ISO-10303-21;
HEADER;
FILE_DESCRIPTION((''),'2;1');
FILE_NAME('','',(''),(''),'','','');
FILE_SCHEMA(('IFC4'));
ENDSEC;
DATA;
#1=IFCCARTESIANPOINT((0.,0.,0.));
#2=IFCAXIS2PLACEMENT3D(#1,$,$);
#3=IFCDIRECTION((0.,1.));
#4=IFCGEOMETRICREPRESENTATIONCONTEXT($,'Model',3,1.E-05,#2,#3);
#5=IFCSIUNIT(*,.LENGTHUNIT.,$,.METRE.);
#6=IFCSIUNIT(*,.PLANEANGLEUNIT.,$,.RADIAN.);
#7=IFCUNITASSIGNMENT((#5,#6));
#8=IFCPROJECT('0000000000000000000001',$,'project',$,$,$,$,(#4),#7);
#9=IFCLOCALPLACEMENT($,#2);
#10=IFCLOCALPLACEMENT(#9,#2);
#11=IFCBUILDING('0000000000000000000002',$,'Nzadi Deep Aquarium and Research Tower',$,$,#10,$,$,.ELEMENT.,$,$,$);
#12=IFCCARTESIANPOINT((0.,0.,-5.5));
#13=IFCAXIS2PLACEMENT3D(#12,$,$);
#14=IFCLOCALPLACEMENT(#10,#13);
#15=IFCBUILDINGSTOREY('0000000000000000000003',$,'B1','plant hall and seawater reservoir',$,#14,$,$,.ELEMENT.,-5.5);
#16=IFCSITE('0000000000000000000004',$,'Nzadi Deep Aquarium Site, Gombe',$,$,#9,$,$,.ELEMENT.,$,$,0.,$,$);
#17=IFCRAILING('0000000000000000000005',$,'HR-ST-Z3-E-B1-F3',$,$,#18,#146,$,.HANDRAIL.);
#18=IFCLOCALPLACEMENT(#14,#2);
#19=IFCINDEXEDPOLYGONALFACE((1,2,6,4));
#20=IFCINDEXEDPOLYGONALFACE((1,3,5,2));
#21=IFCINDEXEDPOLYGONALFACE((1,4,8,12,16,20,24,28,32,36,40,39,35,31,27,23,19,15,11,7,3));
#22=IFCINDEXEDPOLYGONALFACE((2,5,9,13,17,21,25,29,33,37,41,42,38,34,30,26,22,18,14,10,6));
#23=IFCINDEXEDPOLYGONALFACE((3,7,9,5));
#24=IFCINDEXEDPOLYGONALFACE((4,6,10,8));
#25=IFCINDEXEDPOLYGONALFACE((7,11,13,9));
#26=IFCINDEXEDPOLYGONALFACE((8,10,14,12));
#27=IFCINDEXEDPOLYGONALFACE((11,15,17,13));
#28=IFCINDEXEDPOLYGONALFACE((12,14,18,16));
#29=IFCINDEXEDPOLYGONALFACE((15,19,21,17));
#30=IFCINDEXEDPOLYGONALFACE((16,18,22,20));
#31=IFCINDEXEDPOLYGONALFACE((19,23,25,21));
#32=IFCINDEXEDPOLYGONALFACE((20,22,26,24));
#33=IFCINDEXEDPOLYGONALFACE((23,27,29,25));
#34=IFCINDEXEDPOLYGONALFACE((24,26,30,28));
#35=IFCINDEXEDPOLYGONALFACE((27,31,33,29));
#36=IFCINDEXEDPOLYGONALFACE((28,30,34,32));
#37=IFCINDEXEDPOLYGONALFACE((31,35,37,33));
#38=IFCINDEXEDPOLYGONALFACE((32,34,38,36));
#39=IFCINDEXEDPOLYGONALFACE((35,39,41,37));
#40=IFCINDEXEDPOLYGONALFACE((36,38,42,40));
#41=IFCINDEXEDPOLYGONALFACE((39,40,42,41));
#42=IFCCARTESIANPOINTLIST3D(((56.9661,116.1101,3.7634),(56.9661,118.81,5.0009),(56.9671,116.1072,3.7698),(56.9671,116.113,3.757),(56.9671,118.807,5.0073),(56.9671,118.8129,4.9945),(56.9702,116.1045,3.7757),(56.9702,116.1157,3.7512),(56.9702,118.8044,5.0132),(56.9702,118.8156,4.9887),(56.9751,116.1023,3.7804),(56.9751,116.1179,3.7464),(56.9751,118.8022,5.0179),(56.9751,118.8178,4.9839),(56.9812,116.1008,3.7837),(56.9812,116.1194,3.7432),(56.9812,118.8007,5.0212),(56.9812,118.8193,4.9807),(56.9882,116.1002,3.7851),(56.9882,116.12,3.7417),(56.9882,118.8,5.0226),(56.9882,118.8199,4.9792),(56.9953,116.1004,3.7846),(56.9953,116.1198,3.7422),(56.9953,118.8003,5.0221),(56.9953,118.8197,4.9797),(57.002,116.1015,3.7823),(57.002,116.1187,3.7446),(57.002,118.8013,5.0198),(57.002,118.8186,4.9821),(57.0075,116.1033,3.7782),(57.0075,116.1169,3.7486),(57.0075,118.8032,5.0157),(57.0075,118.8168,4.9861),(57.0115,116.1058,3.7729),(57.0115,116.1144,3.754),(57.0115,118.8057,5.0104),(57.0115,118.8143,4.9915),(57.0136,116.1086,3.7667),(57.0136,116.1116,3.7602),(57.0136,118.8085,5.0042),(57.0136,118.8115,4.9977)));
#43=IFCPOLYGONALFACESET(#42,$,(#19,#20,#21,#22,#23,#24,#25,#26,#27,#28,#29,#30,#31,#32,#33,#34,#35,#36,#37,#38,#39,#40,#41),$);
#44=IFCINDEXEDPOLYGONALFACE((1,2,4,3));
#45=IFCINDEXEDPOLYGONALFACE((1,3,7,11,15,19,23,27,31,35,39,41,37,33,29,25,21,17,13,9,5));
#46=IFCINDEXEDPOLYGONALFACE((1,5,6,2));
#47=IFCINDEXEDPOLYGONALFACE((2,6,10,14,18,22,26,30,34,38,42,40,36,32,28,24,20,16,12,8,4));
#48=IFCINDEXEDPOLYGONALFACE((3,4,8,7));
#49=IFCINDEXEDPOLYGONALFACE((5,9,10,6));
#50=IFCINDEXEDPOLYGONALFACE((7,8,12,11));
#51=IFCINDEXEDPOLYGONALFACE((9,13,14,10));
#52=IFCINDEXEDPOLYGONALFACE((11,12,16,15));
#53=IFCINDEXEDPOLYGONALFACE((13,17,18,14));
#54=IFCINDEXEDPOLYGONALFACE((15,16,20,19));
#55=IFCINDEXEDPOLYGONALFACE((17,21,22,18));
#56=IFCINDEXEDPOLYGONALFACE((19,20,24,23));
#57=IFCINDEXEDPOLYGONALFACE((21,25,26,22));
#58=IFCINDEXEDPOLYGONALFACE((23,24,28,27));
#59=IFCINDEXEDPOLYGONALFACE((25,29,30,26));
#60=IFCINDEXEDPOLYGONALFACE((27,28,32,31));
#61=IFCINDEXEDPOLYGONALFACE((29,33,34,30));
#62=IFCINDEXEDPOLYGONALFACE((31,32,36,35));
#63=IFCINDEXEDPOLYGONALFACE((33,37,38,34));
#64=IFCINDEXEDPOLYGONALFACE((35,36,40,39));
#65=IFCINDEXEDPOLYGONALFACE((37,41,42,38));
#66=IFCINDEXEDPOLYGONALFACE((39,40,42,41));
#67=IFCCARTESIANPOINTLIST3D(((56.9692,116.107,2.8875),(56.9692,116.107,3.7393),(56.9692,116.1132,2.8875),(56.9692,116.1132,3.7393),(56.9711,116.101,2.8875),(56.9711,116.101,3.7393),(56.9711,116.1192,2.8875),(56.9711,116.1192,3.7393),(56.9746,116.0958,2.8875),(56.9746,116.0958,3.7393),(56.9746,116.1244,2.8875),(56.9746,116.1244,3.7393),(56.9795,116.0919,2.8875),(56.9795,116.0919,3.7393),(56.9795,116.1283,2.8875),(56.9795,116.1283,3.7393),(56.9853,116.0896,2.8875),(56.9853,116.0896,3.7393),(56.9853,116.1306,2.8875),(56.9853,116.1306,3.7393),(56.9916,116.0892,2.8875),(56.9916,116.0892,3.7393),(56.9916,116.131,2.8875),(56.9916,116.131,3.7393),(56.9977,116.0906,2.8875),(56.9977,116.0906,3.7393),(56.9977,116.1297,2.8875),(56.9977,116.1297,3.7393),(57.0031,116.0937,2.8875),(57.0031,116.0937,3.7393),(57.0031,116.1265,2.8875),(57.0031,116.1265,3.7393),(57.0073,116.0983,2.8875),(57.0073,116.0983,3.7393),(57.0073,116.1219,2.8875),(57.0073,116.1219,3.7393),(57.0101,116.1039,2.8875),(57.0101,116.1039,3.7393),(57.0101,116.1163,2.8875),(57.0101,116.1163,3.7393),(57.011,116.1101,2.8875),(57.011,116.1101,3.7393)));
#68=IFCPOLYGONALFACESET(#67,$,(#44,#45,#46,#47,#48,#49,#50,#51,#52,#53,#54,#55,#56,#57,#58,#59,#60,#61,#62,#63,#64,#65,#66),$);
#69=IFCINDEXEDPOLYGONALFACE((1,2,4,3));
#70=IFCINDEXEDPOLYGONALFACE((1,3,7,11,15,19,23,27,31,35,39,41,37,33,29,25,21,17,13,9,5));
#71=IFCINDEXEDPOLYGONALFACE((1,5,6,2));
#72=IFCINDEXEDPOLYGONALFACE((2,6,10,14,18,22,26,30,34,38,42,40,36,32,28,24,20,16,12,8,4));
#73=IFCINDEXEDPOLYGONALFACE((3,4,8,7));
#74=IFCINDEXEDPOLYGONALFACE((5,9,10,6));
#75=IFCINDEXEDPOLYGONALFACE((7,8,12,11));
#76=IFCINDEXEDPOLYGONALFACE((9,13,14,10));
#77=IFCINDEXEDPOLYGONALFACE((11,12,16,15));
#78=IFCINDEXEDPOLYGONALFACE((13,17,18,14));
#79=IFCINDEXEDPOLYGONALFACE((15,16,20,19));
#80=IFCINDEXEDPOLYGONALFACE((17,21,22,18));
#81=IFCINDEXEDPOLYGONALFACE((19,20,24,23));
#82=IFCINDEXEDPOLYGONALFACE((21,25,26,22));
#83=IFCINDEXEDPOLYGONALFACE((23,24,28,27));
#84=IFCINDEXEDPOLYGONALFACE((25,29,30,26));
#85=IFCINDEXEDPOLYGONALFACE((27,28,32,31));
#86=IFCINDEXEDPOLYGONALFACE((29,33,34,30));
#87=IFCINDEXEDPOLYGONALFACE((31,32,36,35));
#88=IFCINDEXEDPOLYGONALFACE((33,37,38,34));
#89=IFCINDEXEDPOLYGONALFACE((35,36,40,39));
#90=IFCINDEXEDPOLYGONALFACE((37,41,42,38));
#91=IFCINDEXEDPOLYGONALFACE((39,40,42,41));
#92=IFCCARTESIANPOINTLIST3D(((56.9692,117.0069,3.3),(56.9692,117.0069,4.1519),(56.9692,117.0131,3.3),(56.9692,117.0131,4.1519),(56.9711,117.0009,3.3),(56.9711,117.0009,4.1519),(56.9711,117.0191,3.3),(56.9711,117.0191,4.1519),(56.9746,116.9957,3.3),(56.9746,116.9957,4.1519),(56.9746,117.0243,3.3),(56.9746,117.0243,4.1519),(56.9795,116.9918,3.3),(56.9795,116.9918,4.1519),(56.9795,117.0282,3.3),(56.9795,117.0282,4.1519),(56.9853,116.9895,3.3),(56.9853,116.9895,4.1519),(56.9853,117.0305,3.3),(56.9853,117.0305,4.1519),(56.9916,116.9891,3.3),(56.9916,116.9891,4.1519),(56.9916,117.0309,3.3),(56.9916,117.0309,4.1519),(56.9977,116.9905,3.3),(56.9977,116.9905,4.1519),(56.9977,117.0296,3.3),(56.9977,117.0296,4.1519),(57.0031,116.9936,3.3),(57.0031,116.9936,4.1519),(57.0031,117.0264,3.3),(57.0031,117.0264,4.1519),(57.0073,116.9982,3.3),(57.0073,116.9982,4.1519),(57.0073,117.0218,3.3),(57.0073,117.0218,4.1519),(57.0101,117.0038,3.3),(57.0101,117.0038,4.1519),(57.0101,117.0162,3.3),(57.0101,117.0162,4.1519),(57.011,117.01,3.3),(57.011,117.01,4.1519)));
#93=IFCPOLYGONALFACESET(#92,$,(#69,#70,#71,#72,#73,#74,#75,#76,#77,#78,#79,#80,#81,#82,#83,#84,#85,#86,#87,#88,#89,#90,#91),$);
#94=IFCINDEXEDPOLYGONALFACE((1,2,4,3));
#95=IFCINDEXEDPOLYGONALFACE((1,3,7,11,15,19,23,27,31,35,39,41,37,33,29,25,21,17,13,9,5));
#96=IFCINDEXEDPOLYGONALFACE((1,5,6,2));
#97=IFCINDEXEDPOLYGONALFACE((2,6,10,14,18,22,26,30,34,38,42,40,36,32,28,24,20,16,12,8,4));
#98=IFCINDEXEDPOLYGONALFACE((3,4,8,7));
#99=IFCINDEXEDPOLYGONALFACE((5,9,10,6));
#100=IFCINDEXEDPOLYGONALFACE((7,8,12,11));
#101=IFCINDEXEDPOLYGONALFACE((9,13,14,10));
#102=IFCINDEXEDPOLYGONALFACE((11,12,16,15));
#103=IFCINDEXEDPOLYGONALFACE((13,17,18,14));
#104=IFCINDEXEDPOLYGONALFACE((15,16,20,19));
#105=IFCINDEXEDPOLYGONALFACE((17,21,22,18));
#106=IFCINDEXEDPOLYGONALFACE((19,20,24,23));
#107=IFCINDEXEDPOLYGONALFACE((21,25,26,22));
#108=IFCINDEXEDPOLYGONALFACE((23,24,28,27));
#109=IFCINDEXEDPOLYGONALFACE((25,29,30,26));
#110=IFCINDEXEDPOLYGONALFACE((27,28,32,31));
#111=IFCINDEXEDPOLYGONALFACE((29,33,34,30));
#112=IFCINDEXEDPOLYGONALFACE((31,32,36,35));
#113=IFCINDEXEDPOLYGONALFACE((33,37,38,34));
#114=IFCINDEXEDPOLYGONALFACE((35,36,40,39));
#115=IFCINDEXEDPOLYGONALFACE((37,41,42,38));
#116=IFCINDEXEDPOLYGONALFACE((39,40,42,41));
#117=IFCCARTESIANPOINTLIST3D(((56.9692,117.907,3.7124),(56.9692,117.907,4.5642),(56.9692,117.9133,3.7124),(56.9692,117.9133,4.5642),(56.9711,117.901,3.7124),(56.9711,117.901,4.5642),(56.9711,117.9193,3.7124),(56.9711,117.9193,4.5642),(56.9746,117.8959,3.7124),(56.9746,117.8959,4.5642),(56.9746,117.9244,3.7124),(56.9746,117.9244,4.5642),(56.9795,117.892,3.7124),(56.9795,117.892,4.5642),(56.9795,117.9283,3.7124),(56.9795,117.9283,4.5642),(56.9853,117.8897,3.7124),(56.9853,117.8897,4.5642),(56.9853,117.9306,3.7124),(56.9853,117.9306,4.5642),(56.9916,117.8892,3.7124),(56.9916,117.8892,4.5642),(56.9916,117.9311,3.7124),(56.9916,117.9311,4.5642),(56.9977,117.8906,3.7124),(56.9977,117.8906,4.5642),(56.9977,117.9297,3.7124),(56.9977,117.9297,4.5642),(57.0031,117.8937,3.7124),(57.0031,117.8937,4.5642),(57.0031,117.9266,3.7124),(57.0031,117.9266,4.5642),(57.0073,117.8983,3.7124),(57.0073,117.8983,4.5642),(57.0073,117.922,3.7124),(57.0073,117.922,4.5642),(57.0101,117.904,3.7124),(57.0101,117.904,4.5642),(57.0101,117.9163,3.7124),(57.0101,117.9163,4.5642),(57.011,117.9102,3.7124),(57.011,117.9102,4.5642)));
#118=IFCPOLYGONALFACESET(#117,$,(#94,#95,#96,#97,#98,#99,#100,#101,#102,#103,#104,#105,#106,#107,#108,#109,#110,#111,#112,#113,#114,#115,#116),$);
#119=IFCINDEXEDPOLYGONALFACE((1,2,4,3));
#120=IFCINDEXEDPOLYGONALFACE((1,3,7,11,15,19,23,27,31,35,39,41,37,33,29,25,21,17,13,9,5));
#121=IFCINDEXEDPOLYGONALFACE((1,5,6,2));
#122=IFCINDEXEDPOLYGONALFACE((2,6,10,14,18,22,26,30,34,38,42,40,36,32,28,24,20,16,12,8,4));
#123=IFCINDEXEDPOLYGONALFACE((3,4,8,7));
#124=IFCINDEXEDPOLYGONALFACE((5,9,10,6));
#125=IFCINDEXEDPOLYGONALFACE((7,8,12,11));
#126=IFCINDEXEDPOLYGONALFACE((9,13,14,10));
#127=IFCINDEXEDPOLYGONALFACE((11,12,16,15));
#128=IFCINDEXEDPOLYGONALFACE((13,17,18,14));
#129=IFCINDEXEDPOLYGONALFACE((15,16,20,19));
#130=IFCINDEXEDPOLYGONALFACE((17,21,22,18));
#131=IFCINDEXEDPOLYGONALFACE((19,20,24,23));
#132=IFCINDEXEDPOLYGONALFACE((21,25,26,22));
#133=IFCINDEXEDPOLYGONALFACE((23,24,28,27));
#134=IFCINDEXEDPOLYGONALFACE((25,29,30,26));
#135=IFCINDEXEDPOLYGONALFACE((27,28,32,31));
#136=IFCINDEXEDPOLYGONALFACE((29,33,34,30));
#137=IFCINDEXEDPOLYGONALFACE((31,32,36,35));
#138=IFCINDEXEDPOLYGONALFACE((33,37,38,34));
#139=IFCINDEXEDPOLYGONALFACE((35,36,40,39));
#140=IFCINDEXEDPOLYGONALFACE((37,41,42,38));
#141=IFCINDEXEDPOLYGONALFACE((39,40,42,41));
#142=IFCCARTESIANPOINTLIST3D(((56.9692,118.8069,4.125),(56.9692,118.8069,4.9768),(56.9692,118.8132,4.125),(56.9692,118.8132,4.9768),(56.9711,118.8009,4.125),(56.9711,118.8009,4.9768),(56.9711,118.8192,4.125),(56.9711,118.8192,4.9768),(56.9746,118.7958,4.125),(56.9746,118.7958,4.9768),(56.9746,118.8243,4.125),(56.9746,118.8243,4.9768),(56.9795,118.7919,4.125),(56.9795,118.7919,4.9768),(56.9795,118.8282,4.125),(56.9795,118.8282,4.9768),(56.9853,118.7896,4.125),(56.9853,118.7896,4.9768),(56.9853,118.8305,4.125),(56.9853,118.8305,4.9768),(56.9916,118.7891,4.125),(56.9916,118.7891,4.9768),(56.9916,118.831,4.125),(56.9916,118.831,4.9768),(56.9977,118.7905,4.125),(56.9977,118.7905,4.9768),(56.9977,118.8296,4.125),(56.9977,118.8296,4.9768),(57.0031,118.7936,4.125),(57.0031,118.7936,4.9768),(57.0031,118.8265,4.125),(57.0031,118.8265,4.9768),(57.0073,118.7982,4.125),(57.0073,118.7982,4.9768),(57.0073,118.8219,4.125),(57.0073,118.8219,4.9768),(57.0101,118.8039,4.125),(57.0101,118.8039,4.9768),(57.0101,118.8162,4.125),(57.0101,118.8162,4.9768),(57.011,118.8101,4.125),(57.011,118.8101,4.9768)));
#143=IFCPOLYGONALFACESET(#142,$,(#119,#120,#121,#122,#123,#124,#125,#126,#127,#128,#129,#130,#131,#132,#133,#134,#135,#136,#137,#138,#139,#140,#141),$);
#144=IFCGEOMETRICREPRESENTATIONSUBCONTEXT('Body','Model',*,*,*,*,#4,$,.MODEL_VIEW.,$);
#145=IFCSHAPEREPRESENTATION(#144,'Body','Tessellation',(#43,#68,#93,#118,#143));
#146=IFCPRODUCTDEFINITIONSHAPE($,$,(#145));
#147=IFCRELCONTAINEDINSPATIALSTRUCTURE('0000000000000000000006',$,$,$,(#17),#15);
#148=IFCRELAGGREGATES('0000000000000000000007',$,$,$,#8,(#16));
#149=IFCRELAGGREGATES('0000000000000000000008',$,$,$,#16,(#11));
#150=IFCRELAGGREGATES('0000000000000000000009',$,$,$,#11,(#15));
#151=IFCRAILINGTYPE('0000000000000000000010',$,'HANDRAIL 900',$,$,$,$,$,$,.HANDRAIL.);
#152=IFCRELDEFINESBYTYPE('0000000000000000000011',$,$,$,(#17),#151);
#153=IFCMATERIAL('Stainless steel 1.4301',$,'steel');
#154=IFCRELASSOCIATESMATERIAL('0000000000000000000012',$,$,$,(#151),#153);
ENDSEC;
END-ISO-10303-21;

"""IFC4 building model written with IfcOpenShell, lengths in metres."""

from ifc_helpers import new_model, si_unit, direction, frame, origin, origin_2d, place, context, subcontext, project, spatial, circle, extrude, material, type_object, element, save


model = new_model("IFC4")

# Units and contexts
model_context = context("Model", 3, precision=1e-05, world=origin(), true_north=direction((0.0, 1.0)))
body_context = subcontext(model_context, "Body", "Model", "MODEL_VIEW")
ifc_project = project(units=[si_unit("LENGTHUNIT", "METRE"), si_unit("PLANEANGLEUNIT", "RADIAN")], contexts=[model_context])

# Site, building, storey
site_placement = place(None, origin())
site = spatial("IfcSite", under=ifc_project, at=site_placement, Name="Nzadi Deep Aquarium Site, Gombe", CompositionType="ELEMENT", RefElevation=0.0)
building_placement = place(site_placement, origin())
building = spatial("IfcBuilding", under=site, at=building_placement, Name="Nzadi Deep Aquarium and Research Tower", CompositionType="ELEMENT")
storey_placement = place(building_placement, frame((0.0, 0.0, -5.5)))
storey = spatial("IfcBuildingStorey", under=building, at=storey_placement, Name="B1", Description="plant hall and seawater reservoir", CompositionType="ELEMENT", Elevation=-5.5)

# Railing
ifc_material_1 = material(Name="Stainless steel 1.4301", Category="steel")
railing_type = type_object("IfcRailingType", Name="HANDRAIL 900", PredefinedType="HANDRAIL", material=ifc_material_1)
for number, where, name in (
    (1, (56.99, 116.1101, 2.8875), "HR-ST-Z3-E-B1-F3"),
):
    element("IfcRailing", number, at=place(storey_placement, frame(where)), inside=storey, type_object=railing_type, Name=name, PredefinedType="HANDRAIL", context=body_context, shape_type="SweptSolid", body=[
        extrude(circle(Radius=0.0239, at=origin_2d()), frame((0.0, 0.0, 0.876), z_axis=(0.0, 0.909056, 0.416675), x_axis=(-1.0, 0.0, 0.0)), (0.0, 0.0, 1.0), 2.97),
        extrude(circle(Radius=0.021, at=origin_2d()), origin(), (0.0, 0.0, 1.0), 0.8518),
        extrude(circle(Radius=0.021, at=origin_2d()), frame((0.0, 0.8999, 0.4126)), (0.0, 0.0, 1.0), 0.8518),
        extrude(circle(Radius=0.021, at=origin_2d()), frame((0.0, 1.8, 0.825)), (0.0, 0.0, 1.0), 0.8518),
        extrude(circle(Radius=0.021, at=origin_2d()), frame((0.0, 2.7, 1.2375)), (0.0, 0.0, 1.0), 0.8518),
    ])

save(model, "model.ifc")
